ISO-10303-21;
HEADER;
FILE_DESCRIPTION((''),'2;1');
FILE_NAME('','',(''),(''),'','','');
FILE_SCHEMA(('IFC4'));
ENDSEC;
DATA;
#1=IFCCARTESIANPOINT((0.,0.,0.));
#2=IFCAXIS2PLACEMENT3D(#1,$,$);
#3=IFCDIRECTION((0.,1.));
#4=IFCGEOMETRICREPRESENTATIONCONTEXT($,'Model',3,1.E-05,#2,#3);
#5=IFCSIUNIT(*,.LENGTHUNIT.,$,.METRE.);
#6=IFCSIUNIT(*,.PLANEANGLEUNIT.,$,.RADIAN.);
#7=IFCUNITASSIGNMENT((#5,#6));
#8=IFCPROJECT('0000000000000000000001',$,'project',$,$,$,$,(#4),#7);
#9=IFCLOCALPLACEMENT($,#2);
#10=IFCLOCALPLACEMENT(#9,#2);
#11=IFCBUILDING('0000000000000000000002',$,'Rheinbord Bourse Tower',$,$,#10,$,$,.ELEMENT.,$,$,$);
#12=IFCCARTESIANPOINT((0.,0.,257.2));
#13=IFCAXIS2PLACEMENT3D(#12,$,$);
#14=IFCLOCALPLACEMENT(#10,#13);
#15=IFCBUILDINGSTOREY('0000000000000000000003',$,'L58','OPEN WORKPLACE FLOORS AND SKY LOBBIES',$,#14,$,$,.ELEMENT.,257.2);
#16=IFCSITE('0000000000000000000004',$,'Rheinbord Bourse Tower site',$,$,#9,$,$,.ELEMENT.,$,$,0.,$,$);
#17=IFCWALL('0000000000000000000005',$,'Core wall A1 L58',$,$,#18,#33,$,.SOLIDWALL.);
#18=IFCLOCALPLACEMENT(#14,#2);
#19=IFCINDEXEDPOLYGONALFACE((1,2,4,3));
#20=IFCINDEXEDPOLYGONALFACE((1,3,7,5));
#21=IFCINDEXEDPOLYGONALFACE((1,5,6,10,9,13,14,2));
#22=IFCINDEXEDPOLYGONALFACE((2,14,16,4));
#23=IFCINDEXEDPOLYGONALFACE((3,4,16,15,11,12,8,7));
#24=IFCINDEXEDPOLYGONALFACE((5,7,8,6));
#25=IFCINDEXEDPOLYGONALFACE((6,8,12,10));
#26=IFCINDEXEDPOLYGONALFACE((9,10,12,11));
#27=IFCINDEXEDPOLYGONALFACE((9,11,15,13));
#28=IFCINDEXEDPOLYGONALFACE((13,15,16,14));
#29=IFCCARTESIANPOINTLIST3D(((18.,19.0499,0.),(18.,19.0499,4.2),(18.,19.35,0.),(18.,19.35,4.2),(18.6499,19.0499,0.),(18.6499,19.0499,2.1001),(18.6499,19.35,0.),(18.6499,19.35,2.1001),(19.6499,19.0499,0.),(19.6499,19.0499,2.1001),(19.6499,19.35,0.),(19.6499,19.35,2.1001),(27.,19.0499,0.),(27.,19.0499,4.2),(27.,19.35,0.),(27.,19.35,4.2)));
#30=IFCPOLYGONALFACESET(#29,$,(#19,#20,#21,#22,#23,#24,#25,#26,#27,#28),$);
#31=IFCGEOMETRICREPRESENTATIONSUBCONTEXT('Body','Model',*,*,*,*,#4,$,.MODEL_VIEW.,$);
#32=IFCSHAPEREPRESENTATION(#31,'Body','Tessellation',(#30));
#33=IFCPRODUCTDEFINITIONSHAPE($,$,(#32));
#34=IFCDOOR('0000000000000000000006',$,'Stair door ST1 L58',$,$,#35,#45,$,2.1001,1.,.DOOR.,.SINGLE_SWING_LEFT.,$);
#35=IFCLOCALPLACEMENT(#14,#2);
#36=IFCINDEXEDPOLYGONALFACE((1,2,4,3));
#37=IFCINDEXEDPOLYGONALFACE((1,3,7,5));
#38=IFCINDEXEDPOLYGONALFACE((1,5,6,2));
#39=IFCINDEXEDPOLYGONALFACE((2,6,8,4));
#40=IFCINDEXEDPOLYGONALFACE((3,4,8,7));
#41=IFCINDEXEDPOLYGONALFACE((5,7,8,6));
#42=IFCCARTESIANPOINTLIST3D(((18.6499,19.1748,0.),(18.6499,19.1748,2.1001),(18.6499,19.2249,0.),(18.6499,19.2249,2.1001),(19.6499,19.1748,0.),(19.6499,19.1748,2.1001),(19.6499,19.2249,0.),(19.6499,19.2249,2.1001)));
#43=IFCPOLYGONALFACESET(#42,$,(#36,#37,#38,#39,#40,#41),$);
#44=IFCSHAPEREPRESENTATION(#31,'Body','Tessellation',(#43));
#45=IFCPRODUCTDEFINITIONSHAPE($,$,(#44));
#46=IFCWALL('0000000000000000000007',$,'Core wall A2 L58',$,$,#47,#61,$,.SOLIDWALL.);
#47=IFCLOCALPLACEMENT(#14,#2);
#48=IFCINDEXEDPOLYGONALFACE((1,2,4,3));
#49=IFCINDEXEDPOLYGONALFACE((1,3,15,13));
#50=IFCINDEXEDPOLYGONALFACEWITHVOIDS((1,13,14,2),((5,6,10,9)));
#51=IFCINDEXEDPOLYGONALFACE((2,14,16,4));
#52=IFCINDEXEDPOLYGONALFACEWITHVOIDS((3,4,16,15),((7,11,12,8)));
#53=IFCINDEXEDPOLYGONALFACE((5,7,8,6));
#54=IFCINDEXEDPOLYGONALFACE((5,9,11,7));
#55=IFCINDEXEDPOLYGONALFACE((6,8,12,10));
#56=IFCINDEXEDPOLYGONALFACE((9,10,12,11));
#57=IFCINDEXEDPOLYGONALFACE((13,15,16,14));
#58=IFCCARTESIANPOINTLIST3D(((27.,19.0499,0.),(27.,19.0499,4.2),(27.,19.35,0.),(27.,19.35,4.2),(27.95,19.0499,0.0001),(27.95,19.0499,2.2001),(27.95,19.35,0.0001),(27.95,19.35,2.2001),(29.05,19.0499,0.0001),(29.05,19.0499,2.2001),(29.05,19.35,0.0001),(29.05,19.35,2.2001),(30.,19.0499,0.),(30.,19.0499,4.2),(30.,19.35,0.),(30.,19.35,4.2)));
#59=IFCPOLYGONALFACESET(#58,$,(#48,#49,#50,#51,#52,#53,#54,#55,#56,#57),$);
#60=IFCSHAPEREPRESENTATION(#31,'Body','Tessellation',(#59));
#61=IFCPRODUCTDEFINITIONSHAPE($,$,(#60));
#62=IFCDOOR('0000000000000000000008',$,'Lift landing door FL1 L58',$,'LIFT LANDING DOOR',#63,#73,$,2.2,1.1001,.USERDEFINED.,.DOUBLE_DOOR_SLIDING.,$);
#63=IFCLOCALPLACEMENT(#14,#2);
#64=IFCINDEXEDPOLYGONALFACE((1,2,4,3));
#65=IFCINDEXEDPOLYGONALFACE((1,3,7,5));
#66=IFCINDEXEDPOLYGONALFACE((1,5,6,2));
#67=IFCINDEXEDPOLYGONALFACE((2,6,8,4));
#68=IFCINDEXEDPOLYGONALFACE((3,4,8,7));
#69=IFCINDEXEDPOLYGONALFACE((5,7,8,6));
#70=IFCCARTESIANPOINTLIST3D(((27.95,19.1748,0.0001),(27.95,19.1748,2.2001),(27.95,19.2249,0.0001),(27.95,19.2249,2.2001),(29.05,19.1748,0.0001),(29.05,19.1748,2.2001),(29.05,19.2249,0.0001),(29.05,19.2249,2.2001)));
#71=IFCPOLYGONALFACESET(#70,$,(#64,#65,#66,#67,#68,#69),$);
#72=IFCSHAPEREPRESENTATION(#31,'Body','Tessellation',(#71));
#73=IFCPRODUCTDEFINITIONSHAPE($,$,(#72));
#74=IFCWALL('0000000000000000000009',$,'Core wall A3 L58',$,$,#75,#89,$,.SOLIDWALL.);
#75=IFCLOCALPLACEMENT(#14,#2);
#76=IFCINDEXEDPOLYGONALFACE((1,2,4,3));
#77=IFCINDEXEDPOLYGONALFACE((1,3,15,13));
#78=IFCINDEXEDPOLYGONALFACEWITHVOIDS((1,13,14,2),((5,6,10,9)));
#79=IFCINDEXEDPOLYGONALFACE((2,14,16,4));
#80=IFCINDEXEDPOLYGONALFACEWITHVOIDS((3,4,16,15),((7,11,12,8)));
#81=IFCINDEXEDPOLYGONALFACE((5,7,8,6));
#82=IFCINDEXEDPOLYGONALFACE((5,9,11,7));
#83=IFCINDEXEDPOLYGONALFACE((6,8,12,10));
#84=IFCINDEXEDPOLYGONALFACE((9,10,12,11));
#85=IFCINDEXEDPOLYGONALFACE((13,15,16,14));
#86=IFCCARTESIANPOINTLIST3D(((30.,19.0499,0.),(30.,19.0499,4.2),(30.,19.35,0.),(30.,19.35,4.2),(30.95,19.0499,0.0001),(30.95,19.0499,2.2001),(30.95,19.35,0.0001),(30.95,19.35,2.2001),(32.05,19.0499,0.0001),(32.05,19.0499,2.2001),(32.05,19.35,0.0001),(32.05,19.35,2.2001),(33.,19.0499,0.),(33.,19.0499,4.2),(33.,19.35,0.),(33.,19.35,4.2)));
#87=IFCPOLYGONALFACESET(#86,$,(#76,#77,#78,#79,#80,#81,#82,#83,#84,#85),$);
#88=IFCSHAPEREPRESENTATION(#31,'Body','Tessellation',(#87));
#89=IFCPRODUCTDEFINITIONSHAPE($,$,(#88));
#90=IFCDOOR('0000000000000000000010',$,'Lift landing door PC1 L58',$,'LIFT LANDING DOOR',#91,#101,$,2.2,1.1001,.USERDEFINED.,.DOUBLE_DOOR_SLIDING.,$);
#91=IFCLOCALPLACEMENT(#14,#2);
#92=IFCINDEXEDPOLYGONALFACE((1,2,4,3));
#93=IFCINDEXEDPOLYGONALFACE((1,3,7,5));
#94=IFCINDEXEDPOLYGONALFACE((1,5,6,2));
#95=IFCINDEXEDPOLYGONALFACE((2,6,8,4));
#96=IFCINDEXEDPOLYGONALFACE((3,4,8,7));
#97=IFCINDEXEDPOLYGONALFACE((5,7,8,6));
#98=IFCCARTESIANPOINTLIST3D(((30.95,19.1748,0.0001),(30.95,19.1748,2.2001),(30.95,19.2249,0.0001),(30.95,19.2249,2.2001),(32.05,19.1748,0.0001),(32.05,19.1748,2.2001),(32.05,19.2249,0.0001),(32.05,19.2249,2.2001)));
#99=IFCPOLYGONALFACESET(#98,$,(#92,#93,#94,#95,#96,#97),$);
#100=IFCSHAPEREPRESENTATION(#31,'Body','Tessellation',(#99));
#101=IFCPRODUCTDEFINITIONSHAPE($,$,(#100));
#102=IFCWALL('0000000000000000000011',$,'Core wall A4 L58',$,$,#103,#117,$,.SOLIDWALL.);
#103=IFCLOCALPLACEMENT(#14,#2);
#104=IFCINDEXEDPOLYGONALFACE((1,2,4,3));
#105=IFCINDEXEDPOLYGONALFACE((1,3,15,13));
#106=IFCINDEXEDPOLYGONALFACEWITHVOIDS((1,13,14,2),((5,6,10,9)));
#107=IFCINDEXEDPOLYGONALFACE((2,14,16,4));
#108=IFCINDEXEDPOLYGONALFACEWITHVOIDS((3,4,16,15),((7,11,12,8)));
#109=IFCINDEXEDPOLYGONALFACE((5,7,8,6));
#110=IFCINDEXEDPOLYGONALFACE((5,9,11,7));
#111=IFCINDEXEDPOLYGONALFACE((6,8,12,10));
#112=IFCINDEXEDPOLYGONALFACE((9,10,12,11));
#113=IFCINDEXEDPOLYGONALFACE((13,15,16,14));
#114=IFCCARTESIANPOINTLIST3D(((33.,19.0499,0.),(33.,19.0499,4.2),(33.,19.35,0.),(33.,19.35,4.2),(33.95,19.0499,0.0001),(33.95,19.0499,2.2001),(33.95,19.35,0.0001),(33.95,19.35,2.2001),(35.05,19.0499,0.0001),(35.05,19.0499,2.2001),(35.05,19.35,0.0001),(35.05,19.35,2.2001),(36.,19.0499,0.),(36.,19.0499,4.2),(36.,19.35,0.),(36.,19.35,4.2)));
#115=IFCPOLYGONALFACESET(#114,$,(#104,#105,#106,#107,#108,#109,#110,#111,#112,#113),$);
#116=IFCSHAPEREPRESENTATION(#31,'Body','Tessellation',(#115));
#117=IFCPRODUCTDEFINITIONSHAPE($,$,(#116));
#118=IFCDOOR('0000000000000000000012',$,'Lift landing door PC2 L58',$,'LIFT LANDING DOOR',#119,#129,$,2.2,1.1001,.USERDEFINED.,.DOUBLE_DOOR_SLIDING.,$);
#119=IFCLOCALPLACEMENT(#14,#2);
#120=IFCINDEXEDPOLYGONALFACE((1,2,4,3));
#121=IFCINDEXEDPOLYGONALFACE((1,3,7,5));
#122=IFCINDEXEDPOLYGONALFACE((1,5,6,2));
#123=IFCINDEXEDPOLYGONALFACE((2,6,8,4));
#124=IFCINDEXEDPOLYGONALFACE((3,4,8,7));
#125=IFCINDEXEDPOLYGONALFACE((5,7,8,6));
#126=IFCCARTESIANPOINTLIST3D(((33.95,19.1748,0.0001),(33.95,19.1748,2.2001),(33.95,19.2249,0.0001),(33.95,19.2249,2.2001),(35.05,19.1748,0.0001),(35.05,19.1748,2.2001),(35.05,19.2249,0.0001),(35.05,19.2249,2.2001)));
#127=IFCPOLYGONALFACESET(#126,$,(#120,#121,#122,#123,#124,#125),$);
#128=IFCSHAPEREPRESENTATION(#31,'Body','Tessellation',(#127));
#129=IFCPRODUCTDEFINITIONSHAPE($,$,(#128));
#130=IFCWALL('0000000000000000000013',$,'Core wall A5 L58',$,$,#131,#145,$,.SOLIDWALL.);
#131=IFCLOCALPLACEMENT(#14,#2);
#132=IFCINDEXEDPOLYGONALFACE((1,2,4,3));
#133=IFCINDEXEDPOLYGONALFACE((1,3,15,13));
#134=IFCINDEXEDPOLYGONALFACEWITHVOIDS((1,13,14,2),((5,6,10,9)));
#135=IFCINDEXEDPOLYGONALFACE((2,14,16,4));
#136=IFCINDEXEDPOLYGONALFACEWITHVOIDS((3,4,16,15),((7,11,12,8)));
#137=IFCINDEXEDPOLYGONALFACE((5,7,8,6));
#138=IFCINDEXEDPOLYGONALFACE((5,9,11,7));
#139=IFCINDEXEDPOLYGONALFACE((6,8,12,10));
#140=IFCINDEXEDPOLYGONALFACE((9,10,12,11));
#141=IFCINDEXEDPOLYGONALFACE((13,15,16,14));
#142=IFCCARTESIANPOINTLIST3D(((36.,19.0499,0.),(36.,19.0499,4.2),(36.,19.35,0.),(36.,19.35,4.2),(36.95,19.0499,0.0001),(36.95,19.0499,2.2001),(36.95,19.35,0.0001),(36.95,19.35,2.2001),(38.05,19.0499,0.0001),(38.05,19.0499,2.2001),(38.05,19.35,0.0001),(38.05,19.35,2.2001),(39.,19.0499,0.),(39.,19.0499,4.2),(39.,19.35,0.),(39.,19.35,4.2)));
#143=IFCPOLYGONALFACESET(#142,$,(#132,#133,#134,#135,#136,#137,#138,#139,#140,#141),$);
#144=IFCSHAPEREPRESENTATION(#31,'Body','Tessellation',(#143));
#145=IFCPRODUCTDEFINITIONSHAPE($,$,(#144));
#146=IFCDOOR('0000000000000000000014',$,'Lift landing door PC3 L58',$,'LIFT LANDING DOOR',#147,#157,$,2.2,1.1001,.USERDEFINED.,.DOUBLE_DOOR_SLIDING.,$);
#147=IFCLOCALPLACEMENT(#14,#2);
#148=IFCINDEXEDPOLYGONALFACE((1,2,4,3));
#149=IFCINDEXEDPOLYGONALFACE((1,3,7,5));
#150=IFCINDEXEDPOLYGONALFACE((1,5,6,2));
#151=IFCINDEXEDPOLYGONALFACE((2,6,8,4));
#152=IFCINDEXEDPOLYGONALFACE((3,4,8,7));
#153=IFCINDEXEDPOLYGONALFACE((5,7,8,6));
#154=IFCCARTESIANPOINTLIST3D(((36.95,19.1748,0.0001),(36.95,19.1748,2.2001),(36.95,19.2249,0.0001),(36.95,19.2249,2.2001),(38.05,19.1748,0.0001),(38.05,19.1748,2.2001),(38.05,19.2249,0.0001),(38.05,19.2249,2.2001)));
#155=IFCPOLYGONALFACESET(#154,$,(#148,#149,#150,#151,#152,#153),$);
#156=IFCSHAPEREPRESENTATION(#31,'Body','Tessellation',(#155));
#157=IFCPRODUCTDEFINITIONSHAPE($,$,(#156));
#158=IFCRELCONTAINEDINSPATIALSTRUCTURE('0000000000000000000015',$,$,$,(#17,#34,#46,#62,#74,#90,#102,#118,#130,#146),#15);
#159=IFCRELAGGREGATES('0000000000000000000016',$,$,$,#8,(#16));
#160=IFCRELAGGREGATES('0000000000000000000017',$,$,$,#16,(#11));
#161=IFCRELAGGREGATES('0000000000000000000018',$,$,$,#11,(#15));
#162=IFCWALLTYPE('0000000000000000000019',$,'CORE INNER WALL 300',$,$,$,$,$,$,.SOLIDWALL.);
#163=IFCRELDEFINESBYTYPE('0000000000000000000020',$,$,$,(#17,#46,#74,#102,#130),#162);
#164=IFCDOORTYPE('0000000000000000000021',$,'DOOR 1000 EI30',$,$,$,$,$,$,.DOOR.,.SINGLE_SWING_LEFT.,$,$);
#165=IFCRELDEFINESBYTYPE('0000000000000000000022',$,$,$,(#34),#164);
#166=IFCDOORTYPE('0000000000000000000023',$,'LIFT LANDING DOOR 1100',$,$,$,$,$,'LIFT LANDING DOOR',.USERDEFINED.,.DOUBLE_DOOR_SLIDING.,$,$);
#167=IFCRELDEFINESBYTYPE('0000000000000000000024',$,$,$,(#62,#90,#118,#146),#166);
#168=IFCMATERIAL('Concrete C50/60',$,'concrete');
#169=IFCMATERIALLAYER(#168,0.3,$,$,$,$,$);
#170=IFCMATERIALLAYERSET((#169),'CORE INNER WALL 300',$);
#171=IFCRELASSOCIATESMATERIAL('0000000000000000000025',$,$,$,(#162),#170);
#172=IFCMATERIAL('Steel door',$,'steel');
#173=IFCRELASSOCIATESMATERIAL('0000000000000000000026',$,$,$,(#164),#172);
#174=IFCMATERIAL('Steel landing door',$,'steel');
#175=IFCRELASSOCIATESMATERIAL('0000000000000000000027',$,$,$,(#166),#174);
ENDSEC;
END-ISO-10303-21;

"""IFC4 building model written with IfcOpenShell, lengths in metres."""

from ifc_helpers import new_model, si_unit, direction, frame, frame_2d, origin, place, context, subcontext, project, spatial, rectangle, extrude, material, layer, layer_set, type_object, element, fill, save


model = new_model("IFC4")

# Units and contexts
model_context = context("Model", 3, precision=1e-05, world=origin(), true_north=direction((0.0, 1.0)))
body_context = subcontext(model_context, "Body", "Model", "MODEL_VIEW")
ifc_project = project(units=[si_unit("LENGTHUNIT", "METRE"), si_unit("PLANEANGLEUNIT", "RADIAN")], contexts=[model_context])

# Site, building, storey
site_placement = place(None, origin())
site = spatial("IfcSite", under=ifc_project, at=site_placement, Name="Rheinbord Bourse Tower site", CompositionType="ELEMENT", RefElevation=0.0)
building_placement = place(site_placement, origin())
building = spatial("IfcBuilding", under=site, at=building_placement, Name="Rheinbord Bourse Tower", CompositionType="ELEMENT")
storey_placement = place(building_placement, frame((0.0, 0.0, 257.2)))
storey = spatial("IfcBuildingStorey", under=building, at=storey_placement, Name="L58", Description="OPEN WORKPLACE FLOORS AND SKY LOBBIES", CompositionType="ELEMENT", Elevation=257.2)

# Walls, openings, doors
ifc_material_1 = material(Name="Concrete C50/60", Category="concrete")
ifc_layer_1 = layer(ifc_material_1, 0.3)
ifc_layer_set_1 = layer_set([ifc_layer_1], Name="CORE INNER WALL 300")
wall_type_1 = type_object("IfcWallType", Name="CORE INNER WALL 300", PredefinedType="SOLIDWALL", material=ifc_layer_set_1)
wall_1_placement = place(storey_placement, frame((18.0, 19.2, 0.0), z_axis=(0.0, 0.0, 1.0), x_axis=(1.0, 0.0, 0.0)))
wall_1 = element("IfcWall", 1, at=wall_1_placement, inside=storey, type_object=wall_type_1, Name="Core wall A1 L58", PredefinedType="SOLIDWALL", context=body_context, shape_type="SweptSolid", body=[
    extrude(rectangle(XDim=9.0, YDim=0.3, at=frame_2d((4.5, 0.0))), origin(), (0.0, 0.0, 1.0), 4.2),
])
opening_1_placement = place(wall_1_placement, frame((0.6499, 0.0, 0.0)))
opening_1 = element("IfcOpeningElement", 2, at=opening_1_placement, cuts=wall_1, PredefinedType="OPENING", context=body_context, shape_type="SweptSolid", body=[
    extrude(rectangle(XDim=1.0, YDim=2.1001, at=frame_2d((0.5, 1.05))), frame((0.0, 0.1599, 0.0), z_axis=(0.0, -1.0, 0.0), x_axis=(1.0, 0.0, 0.0)), (0.0, 0.0, 1.0), 0.3201),
])
ifc_material_2 = material(Name="Steel door", Category="steel")
door_type_1 = type_object("IfcDoorType", Name="DOOR 1000 EI30", OperationType="SINGLE_SWING_LEFT", PredefinedType="DOOR", material=ifc_material_2)
door_1_placement = place(opening_1_placement, origin())
door_1 = element("IfcDoor", 3, at=door_1_placement, inside=storey, type_object=door_type_1, Name="Stair door ST1 L58", OperationType="SINGLE_SWING_LEFT", OverallHeight=2.1001, OverallWidth=1.0, PredefinedType="DOOR", context=body_context, shape_type="SweptSolid", body=[
    extrude(rectangle(XDim=1.0, YDim=2.1001, at=frame_2d((0.5, 1.05))), frame((0.0, 0.0249, 0.0), z_axis=(0.0, -1.0, 0.0), x_axis=(1.0, 0.0, 0.0)), (0.0, 0.0, 1.0), 0.05),
])
fill(opening_1, door_1)
wall_2_placement = place(storey_placement, frame((27.0, 19.2, 0.0), z_axis=(0.0, 0.0, 1.0), x_axis=(1.0, 0.0, 0.0)))
wall_2 = element("IfcWall", 4, at=wall_2_placement, inside=storey, type_object=wall_type_1, Name="Core wall A2 L58", PredefinedType="SOLIDWALL", context=body_context, shape_type="SweptSolid", body=[
    extrude(rectangle(XDim=3.0, YDim=0.3, at=frame_2d((1.5, 0.0))), origin(), (0.0, 0.0, 1.0), 4.2),
])
opening_2_placement = place(wall_2_placement, frame((0.95, 0.0, 0.0)))
opening_2 = element("IfcOpeningElement", 5, at=opening_2_placement, cuts=wall_2, PredefinedType="OPENING", context=body_context, shape_type="SweptSolid", body=[
    extrude(rectangle(XDim=1.1001, YDim=2.2, at=frame_2d((0.55, 1.1001))), frame((0.0, 0.1599, 0.0), z_axis=(0.0, -1.0, 0.0), x_axis=(1.0, 0.0, 0.0)), (0.0, 0.0, 1.0), 0.3201),
])
ifc_material_3 = material(Name="Steel landing door", Category="steel")
door_type_2 = type_object("IfcDoorType", Name="LIFT LANDING DOOR 1100", ElementType="LIFT LANDING DOOR", OperationType="DOUBLE_DOOR_SLIDING", PredefinedType="USERDEFINED", material=ifc_material_3)
door_2_placement = place(opening_2_placement, origin())
door_2 = element("IfcDoor", 6, at=door_2_placement, inside=storey, type_object=door_type_2, Name="Lift landing door FL1 L58", ObjectType="LIFT LANDING DOOR", OperationType="DOUBLE_DOOR_SLIDING", OverallHeight=2.2, OverallWidth=1.1001, PredefinedType="USERDEFINED", context=body_context, shape_type="SweptSolid", body=[
    extrude(rectangle(XDim=1.1001, YDim=2.2, at=frame_2d((0.55, 1.1001))), frame((0.0, 0.0249, 0.0), z_axis=(0.0, -1.0, 0.0), x_axis=(1.0, 0.0, 0.0)), (0.0, 0.0, 1.0), 0.05),
])
fill(opening_2, door_2)
wall_3_placement = place(storey_placement, frame((30.0, 19.2, 0.0), z_axis=(0.0, 0.0, 1.0), x_axis=(1.0, 0.0, 0.0)))
wall_3 = element("IfcWall", 7, at=wall_3_placement, inside=storey, type_object=wall_type_1, Name="Core wall A3 L58", PredefinedType="SOLIDWALL", context=body_context, shape_type="SweptSolid", body=[
    extrude(rectangle(XDim=3.0, YDim=0.3, at=frame_2d((1.5, 0.0))), origin(), (0.0, 0.0, 1.0), 4.2),
])
opening_3_placement = place(wall_3_placement, frame((0.95, 0.0, 0.0)))
opening_3 = element("IfcOpeningElement", 8, at=opening_3_placement, cuts=wall_3, PredefinedType="OPENING", context=body_context, shape_type="SweptSolid", body=[
    extrude(rectangle(XDim=1.1001, YDim=2.2, at=frame_2d((0.55, 1.1001))), frame((0.0, 0.1599, 0.0), z_axis=(0.0, -1.0, 0.0), x_axis=(1.0, 0.0, 0.0)), (0.0, 0.0, 1.0), 0.3201),
])
door_3_placement = place(opening_3_placement, origin())
door_3 = element("IfcDoor", 9, at=door_3_placement, inside=storey, type_object=door_type_2, Name="Lift landing door PC1 L58", ObjectType="LIFT LANDING DOOR", OperationType="DOUBLE_DOOR_SLIDING", OverallHeight=2.2, OverallWidth=1.1001, PredefinedType="USERDEFINED", context=body_context, shape_type="SweptSolid", body=[
    extrude(rectangle(XDim=1.1001, YDim=2.2, at=frame_2d((0.55, 1.1001))), frame((0.0, 0.0249, 0.0), z_axis=(0.0, -1.0, 0.0), x_axis=(1.0, 0.0, 0.0)), (0.0, 0.0, 1.0), 0.05),
])
fill(opening_3, door_3)
wall_4_placement = place(storey_placement, frame((33.0, 19.2, 0.0), z_axis=(0.0, 0.0, 1.0), x_axis=(1.0, 0.0, 0.0)))
wall_4 = element("IfcWall", 10, at=wall_4_placement, inside=storey, type_object=wall_type_1, Name="Core wall A4 L58", PredefinedType="SOLIDWALL", context=body_context, shape_type="SweptSolid", body=[
    extrude(rectangle(XDim=3.0, YDim=0.3, at=frame_2d((1.5, 0.0))), origin(), (0.0, 0.0, 1.0), 4.2),
])
opening_4_placement = place(wall_4_placement, frame((0.95, 0.0, 0.0)))
opening_4 = element("IfcOpeningElement", 11, at=opening_4_placement, cuts=wall_4, PredefinedType="OPENING", context=body_context, shape_type="SweptSolid", body=[
    extrude(rectangle(XDim=1.1001, YDim=2.2, at=frame_2d((0.55, 1.1001))), frame((0.0, 0.1599, 0.0), z_axis=(0.0, -1.0, 0.0), x_axis=(1.0, 0.0, 0.0)), (0.0, 0.0, 1.0), 0.3201),
])
door_4_placement = place(opening_4_placement, origin())
door_4 = element("IfcDoor", 12, at=door_4_placement, inside=storey, type_object=door_type_2, Name="Lift landing door PC2 L58", ObjectType="LIFT LANDING DOOR", OperationType="DOUBLE_DOOR_SLIDING", OverallHeight=2.2, OverallWidth=1.1001, PredefinedType="USERDEFINED", context=body_context, shape_type="SweptSolid", body=[
    extrude(rectangle(XDim=1.1001, YDim=2.2, at=frame_2d((0.55, 1.1001))), frame((0.0, 0.0249, 0.0), z_axis=(0.0, -1.0, 0.0), x_axis=(1.0, 0.0, 0.0)), (0.0, 0.0, 1.0), 0.05),
])
fill(opening_4, door_4)
wall_5_placement = place(storey_placement, frame((36.0, 19.2, 0.0), z_axis=(0.0, 0.0, 1.0), x_axis=(1.0, 0.0, 0.0)))
wall_5 = element("IfcWall", 13, at=wall_5_placement, inside=storey, type_object=wall_type_1, Name="Core wall A5 L58", PredefinedType="SOLIDWALL", context=body_context, shape_type="SweptSolid", body=[
    extrude(rectangle(XDim=3.0, YDim=0.3, at=frame_2d((1.5, 0.0))), origin(), (0.0, 0.0, 1.0), 4.2),
])
opening_5_placement = place(wall_5_placement, frame((0.95, 0.0, 0.0)))
opening_5 = element("IfcOpeningElement", 14, at=opening_5_placement, cuts=wall_5, PredefinedType="OPENING", context=body_context, shape_type="SweptSolid", body=[
    extrude(rectangle(XDim=1.1001, YDim=2.2, at=frame_2d((0.55, 1.1001))), frame((0.0, 0.1599, 0.0), z_axis=(0.0, -1.0, 0.0), x_axis=(1.0, 0.0, 0.0)), (0.0, 0.0, 1.0), 0.3201),
])
door_5_placement = place(opening_5_placement, origin())
door_5 = element("IfcDoor", 15, at=door_5_placement, inside=storey, type_object=door_type_2, Name="Lift landing door PC3 L58", ObjectType="LIFT LANDING DOOR", OperationType="DOUBLE_DOOR_SLIDING", OverallHeight=2.2, OverallWidth=1.1001, PredefinedType="USERDEFINED", context=body_context, shape_type="SweptSolid", body=[
    extrude(rectangle(XDim=1.1001, YDim=2.2, at=frame_2d((0.55, 1.1001))), frame((0.0, 0.0249, 0.0), z_axis=(0.0, -1.0, 0.0), x_axis=(1.0, 0.0, 0.0)), (0.0, 0.0, 1.0), 0.05),
])
fill(opening_5, door_5)

save(model, "model.ifc")
